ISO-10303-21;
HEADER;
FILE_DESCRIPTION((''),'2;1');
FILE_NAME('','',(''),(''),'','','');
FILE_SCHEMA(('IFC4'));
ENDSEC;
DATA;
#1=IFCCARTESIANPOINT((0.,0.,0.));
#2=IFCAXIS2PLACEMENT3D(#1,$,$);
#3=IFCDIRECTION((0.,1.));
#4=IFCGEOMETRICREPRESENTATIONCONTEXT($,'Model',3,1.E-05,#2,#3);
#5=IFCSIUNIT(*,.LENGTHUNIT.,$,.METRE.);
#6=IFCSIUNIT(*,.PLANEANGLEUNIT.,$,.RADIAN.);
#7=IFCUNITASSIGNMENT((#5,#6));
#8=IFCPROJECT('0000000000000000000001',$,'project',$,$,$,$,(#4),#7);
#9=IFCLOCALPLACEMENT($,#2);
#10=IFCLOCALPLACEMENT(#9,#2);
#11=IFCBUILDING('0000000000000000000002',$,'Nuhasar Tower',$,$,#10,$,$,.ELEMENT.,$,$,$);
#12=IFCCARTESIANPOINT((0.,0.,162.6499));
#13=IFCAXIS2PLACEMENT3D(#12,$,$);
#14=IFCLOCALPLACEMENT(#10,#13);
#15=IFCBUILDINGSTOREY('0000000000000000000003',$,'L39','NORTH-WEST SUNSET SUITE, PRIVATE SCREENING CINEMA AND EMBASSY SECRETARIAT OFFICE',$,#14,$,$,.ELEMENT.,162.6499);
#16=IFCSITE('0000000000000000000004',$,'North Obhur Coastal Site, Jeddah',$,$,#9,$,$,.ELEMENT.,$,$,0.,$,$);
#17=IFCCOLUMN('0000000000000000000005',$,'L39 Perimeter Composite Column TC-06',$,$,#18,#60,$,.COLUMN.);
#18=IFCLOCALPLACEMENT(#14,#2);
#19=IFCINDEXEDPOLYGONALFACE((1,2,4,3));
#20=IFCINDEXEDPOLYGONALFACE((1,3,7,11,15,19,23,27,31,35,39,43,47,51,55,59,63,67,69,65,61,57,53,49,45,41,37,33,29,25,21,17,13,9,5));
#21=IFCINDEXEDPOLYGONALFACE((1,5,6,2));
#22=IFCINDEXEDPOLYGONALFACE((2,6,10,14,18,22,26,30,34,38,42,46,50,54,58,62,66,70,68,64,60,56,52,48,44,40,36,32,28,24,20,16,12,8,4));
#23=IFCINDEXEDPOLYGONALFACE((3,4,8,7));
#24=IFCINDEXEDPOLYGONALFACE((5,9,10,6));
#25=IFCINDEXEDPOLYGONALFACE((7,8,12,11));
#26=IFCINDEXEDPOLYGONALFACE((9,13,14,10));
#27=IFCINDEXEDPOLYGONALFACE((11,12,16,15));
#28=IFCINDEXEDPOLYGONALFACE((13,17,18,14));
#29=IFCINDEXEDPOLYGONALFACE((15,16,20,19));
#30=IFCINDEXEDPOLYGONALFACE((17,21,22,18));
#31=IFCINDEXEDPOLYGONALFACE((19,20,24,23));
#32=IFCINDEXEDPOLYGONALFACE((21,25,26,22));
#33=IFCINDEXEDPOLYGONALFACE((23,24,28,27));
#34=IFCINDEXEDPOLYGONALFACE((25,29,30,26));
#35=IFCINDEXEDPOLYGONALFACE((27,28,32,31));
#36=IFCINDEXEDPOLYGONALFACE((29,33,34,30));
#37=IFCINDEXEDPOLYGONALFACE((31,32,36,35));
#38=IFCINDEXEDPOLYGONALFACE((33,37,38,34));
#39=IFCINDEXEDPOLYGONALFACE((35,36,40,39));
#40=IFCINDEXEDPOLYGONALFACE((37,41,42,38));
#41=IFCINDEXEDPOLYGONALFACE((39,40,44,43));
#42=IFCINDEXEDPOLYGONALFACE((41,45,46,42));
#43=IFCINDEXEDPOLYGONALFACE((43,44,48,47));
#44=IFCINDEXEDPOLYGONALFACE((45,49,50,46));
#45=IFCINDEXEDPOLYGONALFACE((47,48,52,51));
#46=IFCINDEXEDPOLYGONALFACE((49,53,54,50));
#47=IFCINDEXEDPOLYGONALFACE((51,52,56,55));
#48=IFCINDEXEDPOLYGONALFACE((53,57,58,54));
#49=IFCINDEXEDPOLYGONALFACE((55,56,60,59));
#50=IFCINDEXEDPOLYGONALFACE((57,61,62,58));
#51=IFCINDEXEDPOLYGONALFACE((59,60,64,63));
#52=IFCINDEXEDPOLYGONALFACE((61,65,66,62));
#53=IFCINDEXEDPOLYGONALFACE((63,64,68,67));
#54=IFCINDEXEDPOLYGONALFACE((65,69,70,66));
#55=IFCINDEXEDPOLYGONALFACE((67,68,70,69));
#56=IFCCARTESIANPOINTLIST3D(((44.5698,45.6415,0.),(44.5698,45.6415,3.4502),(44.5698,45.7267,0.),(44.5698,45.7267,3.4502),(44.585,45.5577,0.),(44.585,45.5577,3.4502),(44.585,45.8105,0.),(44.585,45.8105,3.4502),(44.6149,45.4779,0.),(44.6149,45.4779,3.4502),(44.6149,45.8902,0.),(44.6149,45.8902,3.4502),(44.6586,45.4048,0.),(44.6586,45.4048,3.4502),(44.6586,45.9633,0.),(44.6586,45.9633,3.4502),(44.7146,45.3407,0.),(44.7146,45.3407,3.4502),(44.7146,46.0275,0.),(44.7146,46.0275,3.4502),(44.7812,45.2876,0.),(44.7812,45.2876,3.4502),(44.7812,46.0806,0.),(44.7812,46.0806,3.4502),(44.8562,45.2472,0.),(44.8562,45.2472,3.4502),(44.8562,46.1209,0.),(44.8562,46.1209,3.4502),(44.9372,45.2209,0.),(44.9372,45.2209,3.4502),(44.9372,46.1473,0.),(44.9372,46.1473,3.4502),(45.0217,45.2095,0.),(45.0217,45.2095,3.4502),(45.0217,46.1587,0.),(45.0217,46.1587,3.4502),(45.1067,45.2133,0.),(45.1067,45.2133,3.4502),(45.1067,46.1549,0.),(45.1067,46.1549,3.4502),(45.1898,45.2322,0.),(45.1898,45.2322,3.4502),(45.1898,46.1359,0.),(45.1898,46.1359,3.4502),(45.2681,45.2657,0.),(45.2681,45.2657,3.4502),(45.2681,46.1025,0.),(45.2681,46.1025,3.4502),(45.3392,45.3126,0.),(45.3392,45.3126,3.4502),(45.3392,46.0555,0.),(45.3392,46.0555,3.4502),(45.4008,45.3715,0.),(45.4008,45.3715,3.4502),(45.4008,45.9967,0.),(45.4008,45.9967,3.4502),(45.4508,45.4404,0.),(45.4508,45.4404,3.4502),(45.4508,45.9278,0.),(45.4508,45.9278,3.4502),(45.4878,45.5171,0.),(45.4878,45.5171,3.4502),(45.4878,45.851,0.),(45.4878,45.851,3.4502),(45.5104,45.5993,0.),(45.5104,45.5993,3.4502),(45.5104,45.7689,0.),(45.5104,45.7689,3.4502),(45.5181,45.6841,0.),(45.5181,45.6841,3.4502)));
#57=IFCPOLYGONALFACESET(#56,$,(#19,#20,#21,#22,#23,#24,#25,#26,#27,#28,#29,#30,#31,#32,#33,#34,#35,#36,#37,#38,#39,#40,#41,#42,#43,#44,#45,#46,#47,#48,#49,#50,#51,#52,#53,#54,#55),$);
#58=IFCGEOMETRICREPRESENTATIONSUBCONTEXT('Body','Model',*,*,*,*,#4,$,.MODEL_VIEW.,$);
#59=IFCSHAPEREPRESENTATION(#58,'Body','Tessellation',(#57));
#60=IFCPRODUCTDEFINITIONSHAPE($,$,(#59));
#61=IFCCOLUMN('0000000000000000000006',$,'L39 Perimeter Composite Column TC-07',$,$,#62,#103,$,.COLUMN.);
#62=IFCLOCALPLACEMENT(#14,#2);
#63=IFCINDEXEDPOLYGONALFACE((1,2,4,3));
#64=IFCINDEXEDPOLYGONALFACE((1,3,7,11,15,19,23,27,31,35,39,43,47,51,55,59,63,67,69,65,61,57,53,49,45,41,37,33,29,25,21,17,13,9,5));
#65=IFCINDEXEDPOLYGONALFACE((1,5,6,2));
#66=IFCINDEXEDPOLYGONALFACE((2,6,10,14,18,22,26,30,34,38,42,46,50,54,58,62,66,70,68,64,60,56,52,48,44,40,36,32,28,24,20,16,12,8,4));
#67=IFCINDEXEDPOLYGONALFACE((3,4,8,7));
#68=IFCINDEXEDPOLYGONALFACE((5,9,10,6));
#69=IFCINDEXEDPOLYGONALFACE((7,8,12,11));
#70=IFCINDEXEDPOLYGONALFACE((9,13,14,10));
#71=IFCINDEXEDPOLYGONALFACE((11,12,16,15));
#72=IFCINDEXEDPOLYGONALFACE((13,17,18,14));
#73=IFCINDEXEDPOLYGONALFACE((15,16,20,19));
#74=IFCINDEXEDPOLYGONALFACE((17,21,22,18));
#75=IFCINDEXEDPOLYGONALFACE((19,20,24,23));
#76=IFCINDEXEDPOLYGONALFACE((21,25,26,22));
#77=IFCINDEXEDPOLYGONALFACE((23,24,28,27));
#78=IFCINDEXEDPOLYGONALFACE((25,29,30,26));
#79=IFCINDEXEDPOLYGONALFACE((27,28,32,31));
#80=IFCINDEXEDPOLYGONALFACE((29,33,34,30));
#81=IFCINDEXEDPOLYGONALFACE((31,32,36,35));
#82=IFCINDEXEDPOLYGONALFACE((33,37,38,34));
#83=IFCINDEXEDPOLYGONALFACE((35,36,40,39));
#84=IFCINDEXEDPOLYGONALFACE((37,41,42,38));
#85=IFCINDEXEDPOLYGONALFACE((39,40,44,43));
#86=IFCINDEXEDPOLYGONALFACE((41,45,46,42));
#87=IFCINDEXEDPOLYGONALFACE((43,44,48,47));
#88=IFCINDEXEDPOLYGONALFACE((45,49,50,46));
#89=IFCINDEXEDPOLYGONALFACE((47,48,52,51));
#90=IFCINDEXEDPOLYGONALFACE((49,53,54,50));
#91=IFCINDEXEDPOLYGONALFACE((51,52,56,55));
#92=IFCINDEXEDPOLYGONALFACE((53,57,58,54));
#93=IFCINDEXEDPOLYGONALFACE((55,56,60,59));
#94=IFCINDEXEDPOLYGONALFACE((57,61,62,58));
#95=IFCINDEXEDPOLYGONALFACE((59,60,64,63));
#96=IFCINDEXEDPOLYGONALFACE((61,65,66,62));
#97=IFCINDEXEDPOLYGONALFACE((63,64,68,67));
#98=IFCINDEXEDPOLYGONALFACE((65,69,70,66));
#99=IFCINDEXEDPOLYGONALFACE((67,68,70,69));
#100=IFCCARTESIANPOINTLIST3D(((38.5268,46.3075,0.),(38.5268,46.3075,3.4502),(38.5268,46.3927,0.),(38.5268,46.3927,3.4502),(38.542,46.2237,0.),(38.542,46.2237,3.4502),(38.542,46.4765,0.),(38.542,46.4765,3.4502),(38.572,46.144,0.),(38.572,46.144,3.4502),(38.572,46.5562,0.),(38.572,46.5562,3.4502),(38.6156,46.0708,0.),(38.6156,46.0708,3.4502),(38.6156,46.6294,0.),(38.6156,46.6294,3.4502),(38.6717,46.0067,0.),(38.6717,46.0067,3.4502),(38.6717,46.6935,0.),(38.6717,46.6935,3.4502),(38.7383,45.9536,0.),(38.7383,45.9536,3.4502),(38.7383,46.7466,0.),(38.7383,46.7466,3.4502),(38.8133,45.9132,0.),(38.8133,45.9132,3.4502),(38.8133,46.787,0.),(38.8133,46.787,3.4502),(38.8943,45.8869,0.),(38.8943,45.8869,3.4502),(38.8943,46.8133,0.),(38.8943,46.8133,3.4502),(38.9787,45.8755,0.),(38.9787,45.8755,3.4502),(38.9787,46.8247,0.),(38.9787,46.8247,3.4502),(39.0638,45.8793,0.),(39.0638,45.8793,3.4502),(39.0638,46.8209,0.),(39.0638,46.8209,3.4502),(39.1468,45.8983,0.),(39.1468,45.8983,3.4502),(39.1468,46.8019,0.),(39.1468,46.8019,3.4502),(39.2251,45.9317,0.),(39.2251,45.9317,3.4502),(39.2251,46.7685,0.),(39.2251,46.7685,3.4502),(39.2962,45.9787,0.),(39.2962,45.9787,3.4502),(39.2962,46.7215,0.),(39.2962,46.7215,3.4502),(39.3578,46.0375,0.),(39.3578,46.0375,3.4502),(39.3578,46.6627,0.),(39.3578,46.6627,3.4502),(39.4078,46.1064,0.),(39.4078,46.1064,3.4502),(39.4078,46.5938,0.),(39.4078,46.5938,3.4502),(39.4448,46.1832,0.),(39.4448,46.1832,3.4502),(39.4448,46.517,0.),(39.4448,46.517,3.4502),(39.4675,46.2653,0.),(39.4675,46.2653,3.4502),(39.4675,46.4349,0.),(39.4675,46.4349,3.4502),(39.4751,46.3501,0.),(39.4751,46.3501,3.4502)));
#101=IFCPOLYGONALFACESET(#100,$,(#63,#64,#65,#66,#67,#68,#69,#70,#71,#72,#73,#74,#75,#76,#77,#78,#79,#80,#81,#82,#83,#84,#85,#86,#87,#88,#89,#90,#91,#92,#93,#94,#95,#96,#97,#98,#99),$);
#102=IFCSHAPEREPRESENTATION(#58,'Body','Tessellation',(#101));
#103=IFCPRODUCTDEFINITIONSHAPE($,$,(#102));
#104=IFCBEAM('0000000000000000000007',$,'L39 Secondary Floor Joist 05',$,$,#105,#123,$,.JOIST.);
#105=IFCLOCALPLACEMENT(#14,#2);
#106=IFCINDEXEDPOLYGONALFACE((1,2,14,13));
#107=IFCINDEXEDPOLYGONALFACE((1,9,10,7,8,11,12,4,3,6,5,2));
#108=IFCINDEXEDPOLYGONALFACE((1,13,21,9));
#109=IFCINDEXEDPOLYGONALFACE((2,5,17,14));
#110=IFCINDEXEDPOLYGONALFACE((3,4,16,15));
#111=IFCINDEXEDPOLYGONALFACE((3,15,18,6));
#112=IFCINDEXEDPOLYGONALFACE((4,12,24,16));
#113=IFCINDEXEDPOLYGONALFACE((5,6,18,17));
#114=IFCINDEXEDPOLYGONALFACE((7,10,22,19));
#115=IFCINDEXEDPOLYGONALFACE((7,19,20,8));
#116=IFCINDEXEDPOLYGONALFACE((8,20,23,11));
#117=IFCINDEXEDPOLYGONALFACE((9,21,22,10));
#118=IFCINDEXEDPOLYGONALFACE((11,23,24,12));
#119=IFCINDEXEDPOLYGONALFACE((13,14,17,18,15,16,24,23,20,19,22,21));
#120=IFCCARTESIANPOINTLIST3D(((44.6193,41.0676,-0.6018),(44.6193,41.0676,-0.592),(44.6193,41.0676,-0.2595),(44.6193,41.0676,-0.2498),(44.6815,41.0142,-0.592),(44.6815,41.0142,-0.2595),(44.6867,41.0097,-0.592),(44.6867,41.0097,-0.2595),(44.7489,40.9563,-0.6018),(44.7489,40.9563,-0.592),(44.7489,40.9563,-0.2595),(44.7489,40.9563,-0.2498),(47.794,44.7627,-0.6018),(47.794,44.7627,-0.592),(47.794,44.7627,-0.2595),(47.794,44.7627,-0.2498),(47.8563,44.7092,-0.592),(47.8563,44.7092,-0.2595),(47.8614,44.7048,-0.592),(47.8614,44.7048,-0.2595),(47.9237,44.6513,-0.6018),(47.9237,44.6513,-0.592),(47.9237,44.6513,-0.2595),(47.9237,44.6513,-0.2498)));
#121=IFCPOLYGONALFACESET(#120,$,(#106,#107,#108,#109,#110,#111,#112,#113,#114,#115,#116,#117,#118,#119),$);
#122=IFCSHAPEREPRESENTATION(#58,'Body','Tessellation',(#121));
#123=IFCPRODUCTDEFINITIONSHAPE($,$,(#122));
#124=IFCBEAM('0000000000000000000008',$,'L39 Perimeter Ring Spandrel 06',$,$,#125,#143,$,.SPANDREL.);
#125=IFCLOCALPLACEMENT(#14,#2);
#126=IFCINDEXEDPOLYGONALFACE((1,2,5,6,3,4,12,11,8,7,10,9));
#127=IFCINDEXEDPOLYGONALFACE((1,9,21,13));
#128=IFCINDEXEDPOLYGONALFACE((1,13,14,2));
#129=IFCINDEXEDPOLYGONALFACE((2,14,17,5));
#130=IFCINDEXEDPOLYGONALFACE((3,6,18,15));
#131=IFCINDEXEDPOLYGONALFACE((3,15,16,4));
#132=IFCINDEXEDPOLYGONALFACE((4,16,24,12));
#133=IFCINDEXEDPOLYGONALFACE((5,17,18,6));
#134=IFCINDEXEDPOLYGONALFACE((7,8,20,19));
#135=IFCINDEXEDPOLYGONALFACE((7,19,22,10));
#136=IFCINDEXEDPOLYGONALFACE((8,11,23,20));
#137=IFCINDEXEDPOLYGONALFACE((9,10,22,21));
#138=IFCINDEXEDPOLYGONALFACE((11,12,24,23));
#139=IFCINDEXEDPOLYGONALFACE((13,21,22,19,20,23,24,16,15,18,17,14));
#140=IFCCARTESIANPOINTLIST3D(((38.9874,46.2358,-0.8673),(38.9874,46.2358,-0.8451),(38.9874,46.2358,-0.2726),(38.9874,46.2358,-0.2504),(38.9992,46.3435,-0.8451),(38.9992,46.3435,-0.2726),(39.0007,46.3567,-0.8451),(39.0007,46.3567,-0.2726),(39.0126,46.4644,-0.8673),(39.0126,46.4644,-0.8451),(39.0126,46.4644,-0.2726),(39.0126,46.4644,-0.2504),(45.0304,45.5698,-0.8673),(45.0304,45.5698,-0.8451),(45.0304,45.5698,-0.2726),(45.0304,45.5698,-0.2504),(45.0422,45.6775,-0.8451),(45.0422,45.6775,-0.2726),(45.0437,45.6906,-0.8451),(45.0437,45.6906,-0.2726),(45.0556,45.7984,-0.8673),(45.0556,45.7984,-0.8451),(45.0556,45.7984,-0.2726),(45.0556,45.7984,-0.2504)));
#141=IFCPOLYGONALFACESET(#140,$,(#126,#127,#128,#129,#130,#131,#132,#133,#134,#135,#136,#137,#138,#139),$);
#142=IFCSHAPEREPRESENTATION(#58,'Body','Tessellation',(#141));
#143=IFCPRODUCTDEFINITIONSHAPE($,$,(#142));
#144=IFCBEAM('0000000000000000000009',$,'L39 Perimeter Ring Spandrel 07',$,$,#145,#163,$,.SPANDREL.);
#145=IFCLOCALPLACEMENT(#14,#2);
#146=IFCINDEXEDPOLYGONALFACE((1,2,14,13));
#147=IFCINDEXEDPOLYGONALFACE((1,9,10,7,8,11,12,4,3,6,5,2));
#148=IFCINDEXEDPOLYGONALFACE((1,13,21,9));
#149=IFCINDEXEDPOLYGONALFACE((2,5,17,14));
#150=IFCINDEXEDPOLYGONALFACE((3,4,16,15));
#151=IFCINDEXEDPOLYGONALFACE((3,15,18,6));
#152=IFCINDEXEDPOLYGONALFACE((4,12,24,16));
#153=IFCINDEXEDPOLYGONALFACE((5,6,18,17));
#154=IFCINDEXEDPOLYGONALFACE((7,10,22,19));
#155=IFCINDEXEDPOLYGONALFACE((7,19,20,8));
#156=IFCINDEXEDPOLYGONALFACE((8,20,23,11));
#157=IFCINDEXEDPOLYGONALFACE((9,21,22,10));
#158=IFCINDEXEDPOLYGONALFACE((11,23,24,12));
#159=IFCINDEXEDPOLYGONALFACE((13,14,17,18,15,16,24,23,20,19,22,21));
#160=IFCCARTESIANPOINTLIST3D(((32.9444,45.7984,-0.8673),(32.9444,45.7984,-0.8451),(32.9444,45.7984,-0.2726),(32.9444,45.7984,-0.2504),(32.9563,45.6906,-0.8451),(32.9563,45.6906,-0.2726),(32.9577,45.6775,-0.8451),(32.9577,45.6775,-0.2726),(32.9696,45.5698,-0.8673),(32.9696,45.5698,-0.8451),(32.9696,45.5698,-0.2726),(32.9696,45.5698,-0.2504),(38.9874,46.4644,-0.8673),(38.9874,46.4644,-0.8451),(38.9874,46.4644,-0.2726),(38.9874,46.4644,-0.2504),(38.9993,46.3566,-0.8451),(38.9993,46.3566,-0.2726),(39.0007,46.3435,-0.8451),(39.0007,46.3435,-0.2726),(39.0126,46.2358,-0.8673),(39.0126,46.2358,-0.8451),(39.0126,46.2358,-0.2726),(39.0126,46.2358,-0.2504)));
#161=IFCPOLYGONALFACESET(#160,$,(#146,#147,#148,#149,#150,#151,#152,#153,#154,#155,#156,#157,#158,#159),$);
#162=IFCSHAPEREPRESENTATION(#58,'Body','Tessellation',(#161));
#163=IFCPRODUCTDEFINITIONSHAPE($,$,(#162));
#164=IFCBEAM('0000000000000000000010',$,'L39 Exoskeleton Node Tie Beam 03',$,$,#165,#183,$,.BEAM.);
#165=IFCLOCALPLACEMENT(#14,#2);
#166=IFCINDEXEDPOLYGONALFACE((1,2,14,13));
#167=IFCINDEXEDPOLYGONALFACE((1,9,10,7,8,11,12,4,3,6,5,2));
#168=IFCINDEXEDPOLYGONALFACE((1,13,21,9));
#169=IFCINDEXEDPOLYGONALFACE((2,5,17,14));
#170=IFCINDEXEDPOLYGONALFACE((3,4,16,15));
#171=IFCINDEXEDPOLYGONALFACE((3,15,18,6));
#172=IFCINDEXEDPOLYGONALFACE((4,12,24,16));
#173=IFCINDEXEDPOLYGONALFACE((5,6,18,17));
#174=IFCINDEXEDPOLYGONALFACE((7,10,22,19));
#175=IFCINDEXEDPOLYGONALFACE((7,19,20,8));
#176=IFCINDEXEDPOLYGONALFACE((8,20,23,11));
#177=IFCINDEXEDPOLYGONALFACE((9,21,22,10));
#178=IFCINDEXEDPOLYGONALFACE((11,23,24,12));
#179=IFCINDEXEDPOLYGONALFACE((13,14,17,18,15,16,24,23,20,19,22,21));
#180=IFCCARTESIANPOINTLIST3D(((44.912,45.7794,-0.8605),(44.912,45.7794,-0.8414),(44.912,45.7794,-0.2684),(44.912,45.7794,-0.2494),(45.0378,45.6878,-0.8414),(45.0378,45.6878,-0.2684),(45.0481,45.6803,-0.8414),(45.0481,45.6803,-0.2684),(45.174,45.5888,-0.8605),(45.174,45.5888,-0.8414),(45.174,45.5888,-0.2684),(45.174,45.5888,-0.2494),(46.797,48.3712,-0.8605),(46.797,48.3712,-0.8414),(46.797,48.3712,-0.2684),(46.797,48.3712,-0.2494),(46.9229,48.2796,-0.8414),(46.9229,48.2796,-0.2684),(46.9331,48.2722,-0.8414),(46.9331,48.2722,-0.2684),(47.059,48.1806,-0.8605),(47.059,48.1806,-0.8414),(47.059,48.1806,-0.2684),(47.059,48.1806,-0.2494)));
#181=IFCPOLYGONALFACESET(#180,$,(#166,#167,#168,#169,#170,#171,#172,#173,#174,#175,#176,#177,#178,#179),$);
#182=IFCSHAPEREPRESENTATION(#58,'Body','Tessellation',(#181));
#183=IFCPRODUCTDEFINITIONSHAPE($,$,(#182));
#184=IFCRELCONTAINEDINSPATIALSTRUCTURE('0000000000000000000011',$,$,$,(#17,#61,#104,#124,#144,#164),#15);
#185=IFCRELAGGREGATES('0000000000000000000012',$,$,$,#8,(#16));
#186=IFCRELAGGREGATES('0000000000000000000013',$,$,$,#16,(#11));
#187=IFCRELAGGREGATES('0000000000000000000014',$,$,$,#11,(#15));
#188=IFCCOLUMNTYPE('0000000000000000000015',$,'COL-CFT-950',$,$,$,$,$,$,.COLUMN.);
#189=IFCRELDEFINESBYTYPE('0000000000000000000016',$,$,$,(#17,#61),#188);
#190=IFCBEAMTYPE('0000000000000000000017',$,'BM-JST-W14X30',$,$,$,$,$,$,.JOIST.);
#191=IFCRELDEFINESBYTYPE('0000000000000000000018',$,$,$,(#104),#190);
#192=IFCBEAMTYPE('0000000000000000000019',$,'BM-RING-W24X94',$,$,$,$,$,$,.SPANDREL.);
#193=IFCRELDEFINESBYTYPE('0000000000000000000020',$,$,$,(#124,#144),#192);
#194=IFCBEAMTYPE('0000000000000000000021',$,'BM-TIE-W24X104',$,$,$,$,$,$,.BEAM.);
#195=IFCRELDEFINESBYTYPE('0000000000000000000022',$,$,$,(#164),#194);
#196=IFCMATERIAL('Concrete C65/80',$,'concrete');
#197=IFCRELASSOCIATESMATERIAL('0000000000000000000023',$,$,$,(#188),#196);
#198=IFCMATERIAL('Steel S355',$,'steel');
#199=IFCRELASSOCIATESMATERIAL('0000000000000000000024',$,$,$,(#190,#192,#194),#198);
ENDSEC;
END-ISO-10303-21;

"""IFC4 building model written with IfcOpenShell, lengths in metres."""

from ifc_helpers import new_model, si_unit, direction, frame, origin, origin_2d, place, context, subcontext, project, spatial, circle, i_section, extrude, material, material_profile, profile_set, type_object, element, save


model = new_model("IFC4")

# Units and contexts
model_context = context("Model", 3, precision=1e-05, world=origin(), true_north=direction((0.0, 1.0)))
body_context = subcontext(model_context, "Body", "Model", "MODEL_VIEW")
ifc_project = project(units=[si_unit("LENGTHUNIT", "METRE"), si_unit("PLANEANGLEUNIT", "RADIAN")], contexts=[model_context])

# Site, building, storey
site_placement = place(None, origin())
site = spatial("IfcSite", under=ifc_project, at=site_placement, Name="North Obhur Coastal Site, Jeddah", CompositionType="ELEMENT", RefElevation=0.0)
building_placement = place(site_placement, origin())
building = spatial("IfcBuilding", under=site, at=building_placement, Name="Nuhasar Tower", CompositionType="ELEMENT")
storey_placement = place(building_placement, frame((0.0, 0.0, 162.6499)))
storey = spatial("IfcBuildingStorey", under=building, at=storey_placement, Name="L39", Description="NORTH-WEST SUNSET SUITE, PRIVATE SCREENING CINEMA AND EMBASSY SECRETARIAT OFFICE", CompositionType="ELEMENT", Elevation=162.6499)

# Columns
ifc_material_1 = material(Name="Concrete C65/80", Category="concrete")
ifc_material_profile_1 = material_profile(ifc_material_1, circle(Radius=0.4751, at=origin_2d()), Name="CFT950")
ifc_profile_set_1 = profile_set([ifc_material_profile_1], Name="Concrete C65/80")
column_type = type_object("IfcColumnType", Name="COL-CFT-950", PredefinedType="COLUMN", material=ifc_profile_set_1)
for number, where, z_axis, x_axis, name in (
    (1, (45.043, 45.6841, 0.0), (0.0, 0.0, 1.0), (1.0, 0.0, 0.0), "L39 Perimeter Composite Column TC-06"),
    (2, (39.0, 46.3501, 0.0), (0.0, 0.0, 1.0), (1.0, 0.0, 0.0), "L39 Perimeter Composite Column TC-07"),
):
    element("IfcColumn", number, at=place(storey_placement, frame(where, z_axis=z_axis, x_axis=x_axis)), inside=storey, type_object=column_type, Name=name, PredefinedType="COLUMN", context=body_context, shape_type="SweptSolid", body=[
        extrude(circle(Radius=0.4751, at=origin_2d()), origin(), (0.0, 0.0, 1.0), 3.4502),
    ])

# Beams
ifc_material_2 = material(Name="Steel S355", Category="steel")
ifc_material_profile_2 = material_profile(ifc_material_2, i_section(OverallWidth=0.1709, OverallDepth=0.3521, WebThickness=0.0068, FlangeThickness=0.0098, at=origin_2d()), Name="W14X30")
ifc_profile_set_2 = profile_set([ifc_material_profile_2], Name="Steel S355")
beam_type_1 = type_object("IfcBeamType", Name="BM-JST-W14X30", PredefinedType="JOIST", material=ifc_profile_set_2)
beam_1_placement = place(storey_placement, frame((44.6841, 41.012, -0.4258), z_axis=(0.651691, 0.758485, 0.0), x_axis=(-0.758485, 0.651691, 0.0)))
element("IfcBeam", 3, at=beam_1_placement, inside=storey, type_object=beam_type_1, Name="L39 Secondary Floor Joist 05", PredefinedType="JOIST", context=body_context, shape_type="SweptSolid", body=[
    extrude(i_section(OverallWidth=0.1709, OverallDepth=0.3521, WebThickness=0.0068, FlangeThickness=0.0098, at=origin_2d()), origin(), (0.0, 0.0, 1.0), 4.8716),
])
ifc_material_profile_3 = material_profile(ifc_material_2, i_section(OverallWidth=0.23, OverallDepth=0.6169, WebThickness=0.0132, FlangeThickness=0.0222, at=origin_2d()), Name="W24X94")
ifc_profile_set_3 = profile_set([ifc_material_profile_3], Name="Steel S355")
beam_type_2 = type_object("IfcBeamType", Name="BM-RING-W24X94", PredefinedType="SPANDREL", material=ifc_profile_set_3)
for number, where, z_axis, x_axis, name in (
    (4, (45.043, 45.6841, -0.5588), (-0.993981, 0.10955, 0.0), (-0.10955, -0.993981, 0.0), "L39 Perimeter Ring Spandrel 06"),
    (5, (39.0, 46.3501, -0.5588), (-0.993981, -0.10955, 0.0), (0.10955, -0.993981, 0.0), "L39 Perimeter Ring Spandrel 07"),
):
    element("IfcBeam", number, at=place(storey_placement, frame(where, z_axis=z_axis, x_axis=x_axis)), inside=storey, type_object=beam_type_2, Name=name, PredefinedType="SPANDREL", context=body_context, shape_type="SweptSolid", body=[
        extrude(i_section(OverallWidth=0.23, OverallDepth=0.6169, WebThickness=0.0132, FlangeThickness=0.0222, at=origin_2d()), origin(), (0.0, 0.0, 1.0), 6.0796),
    ])
ifc_material_profile_4 = material_profile(ifc_material_2, i_section(OverallWidth=0.324, OverallDepth=0.6111, WebThickness=0.0127, FlangeThickness=0.019, at=origin_2d()), Name="W24X104")
ifc_profile_set_4 = profile_set([ifc_material_profile_4], Name="Steel S355")
beam_type_3 = type_object("IfcBeamType", Name="BM-TIE-W24X104", PredefinedType="BEAM", material=ifc_profile_set_4)
beam_2_placement = place(storey_placement, frame((45.043, 45.6841, -0.5549), z_axis=(0.588185, 0.808726, 0.0), x_axis=(-0.808726, 0.588185, 0.0)))
element("IfcBeam", 6, at=beam_2_placement, inside=storey, type_object=beam_type_3, Name="L39 Exoskeleton Node Tie Beam 03", PredefinedType="BEAM", context=body_context, shape_type="SweptSolid", body=[
    extrude(i_section(OverallWidth=0.324, OverallDepth=0.6111, WebThickness=0.0127, FlangeThickness=0.019, at=origin_2d()), origin(), (0.0, 0.0, 1.0), 3.2048),
])

save(model, "model.ifc")
